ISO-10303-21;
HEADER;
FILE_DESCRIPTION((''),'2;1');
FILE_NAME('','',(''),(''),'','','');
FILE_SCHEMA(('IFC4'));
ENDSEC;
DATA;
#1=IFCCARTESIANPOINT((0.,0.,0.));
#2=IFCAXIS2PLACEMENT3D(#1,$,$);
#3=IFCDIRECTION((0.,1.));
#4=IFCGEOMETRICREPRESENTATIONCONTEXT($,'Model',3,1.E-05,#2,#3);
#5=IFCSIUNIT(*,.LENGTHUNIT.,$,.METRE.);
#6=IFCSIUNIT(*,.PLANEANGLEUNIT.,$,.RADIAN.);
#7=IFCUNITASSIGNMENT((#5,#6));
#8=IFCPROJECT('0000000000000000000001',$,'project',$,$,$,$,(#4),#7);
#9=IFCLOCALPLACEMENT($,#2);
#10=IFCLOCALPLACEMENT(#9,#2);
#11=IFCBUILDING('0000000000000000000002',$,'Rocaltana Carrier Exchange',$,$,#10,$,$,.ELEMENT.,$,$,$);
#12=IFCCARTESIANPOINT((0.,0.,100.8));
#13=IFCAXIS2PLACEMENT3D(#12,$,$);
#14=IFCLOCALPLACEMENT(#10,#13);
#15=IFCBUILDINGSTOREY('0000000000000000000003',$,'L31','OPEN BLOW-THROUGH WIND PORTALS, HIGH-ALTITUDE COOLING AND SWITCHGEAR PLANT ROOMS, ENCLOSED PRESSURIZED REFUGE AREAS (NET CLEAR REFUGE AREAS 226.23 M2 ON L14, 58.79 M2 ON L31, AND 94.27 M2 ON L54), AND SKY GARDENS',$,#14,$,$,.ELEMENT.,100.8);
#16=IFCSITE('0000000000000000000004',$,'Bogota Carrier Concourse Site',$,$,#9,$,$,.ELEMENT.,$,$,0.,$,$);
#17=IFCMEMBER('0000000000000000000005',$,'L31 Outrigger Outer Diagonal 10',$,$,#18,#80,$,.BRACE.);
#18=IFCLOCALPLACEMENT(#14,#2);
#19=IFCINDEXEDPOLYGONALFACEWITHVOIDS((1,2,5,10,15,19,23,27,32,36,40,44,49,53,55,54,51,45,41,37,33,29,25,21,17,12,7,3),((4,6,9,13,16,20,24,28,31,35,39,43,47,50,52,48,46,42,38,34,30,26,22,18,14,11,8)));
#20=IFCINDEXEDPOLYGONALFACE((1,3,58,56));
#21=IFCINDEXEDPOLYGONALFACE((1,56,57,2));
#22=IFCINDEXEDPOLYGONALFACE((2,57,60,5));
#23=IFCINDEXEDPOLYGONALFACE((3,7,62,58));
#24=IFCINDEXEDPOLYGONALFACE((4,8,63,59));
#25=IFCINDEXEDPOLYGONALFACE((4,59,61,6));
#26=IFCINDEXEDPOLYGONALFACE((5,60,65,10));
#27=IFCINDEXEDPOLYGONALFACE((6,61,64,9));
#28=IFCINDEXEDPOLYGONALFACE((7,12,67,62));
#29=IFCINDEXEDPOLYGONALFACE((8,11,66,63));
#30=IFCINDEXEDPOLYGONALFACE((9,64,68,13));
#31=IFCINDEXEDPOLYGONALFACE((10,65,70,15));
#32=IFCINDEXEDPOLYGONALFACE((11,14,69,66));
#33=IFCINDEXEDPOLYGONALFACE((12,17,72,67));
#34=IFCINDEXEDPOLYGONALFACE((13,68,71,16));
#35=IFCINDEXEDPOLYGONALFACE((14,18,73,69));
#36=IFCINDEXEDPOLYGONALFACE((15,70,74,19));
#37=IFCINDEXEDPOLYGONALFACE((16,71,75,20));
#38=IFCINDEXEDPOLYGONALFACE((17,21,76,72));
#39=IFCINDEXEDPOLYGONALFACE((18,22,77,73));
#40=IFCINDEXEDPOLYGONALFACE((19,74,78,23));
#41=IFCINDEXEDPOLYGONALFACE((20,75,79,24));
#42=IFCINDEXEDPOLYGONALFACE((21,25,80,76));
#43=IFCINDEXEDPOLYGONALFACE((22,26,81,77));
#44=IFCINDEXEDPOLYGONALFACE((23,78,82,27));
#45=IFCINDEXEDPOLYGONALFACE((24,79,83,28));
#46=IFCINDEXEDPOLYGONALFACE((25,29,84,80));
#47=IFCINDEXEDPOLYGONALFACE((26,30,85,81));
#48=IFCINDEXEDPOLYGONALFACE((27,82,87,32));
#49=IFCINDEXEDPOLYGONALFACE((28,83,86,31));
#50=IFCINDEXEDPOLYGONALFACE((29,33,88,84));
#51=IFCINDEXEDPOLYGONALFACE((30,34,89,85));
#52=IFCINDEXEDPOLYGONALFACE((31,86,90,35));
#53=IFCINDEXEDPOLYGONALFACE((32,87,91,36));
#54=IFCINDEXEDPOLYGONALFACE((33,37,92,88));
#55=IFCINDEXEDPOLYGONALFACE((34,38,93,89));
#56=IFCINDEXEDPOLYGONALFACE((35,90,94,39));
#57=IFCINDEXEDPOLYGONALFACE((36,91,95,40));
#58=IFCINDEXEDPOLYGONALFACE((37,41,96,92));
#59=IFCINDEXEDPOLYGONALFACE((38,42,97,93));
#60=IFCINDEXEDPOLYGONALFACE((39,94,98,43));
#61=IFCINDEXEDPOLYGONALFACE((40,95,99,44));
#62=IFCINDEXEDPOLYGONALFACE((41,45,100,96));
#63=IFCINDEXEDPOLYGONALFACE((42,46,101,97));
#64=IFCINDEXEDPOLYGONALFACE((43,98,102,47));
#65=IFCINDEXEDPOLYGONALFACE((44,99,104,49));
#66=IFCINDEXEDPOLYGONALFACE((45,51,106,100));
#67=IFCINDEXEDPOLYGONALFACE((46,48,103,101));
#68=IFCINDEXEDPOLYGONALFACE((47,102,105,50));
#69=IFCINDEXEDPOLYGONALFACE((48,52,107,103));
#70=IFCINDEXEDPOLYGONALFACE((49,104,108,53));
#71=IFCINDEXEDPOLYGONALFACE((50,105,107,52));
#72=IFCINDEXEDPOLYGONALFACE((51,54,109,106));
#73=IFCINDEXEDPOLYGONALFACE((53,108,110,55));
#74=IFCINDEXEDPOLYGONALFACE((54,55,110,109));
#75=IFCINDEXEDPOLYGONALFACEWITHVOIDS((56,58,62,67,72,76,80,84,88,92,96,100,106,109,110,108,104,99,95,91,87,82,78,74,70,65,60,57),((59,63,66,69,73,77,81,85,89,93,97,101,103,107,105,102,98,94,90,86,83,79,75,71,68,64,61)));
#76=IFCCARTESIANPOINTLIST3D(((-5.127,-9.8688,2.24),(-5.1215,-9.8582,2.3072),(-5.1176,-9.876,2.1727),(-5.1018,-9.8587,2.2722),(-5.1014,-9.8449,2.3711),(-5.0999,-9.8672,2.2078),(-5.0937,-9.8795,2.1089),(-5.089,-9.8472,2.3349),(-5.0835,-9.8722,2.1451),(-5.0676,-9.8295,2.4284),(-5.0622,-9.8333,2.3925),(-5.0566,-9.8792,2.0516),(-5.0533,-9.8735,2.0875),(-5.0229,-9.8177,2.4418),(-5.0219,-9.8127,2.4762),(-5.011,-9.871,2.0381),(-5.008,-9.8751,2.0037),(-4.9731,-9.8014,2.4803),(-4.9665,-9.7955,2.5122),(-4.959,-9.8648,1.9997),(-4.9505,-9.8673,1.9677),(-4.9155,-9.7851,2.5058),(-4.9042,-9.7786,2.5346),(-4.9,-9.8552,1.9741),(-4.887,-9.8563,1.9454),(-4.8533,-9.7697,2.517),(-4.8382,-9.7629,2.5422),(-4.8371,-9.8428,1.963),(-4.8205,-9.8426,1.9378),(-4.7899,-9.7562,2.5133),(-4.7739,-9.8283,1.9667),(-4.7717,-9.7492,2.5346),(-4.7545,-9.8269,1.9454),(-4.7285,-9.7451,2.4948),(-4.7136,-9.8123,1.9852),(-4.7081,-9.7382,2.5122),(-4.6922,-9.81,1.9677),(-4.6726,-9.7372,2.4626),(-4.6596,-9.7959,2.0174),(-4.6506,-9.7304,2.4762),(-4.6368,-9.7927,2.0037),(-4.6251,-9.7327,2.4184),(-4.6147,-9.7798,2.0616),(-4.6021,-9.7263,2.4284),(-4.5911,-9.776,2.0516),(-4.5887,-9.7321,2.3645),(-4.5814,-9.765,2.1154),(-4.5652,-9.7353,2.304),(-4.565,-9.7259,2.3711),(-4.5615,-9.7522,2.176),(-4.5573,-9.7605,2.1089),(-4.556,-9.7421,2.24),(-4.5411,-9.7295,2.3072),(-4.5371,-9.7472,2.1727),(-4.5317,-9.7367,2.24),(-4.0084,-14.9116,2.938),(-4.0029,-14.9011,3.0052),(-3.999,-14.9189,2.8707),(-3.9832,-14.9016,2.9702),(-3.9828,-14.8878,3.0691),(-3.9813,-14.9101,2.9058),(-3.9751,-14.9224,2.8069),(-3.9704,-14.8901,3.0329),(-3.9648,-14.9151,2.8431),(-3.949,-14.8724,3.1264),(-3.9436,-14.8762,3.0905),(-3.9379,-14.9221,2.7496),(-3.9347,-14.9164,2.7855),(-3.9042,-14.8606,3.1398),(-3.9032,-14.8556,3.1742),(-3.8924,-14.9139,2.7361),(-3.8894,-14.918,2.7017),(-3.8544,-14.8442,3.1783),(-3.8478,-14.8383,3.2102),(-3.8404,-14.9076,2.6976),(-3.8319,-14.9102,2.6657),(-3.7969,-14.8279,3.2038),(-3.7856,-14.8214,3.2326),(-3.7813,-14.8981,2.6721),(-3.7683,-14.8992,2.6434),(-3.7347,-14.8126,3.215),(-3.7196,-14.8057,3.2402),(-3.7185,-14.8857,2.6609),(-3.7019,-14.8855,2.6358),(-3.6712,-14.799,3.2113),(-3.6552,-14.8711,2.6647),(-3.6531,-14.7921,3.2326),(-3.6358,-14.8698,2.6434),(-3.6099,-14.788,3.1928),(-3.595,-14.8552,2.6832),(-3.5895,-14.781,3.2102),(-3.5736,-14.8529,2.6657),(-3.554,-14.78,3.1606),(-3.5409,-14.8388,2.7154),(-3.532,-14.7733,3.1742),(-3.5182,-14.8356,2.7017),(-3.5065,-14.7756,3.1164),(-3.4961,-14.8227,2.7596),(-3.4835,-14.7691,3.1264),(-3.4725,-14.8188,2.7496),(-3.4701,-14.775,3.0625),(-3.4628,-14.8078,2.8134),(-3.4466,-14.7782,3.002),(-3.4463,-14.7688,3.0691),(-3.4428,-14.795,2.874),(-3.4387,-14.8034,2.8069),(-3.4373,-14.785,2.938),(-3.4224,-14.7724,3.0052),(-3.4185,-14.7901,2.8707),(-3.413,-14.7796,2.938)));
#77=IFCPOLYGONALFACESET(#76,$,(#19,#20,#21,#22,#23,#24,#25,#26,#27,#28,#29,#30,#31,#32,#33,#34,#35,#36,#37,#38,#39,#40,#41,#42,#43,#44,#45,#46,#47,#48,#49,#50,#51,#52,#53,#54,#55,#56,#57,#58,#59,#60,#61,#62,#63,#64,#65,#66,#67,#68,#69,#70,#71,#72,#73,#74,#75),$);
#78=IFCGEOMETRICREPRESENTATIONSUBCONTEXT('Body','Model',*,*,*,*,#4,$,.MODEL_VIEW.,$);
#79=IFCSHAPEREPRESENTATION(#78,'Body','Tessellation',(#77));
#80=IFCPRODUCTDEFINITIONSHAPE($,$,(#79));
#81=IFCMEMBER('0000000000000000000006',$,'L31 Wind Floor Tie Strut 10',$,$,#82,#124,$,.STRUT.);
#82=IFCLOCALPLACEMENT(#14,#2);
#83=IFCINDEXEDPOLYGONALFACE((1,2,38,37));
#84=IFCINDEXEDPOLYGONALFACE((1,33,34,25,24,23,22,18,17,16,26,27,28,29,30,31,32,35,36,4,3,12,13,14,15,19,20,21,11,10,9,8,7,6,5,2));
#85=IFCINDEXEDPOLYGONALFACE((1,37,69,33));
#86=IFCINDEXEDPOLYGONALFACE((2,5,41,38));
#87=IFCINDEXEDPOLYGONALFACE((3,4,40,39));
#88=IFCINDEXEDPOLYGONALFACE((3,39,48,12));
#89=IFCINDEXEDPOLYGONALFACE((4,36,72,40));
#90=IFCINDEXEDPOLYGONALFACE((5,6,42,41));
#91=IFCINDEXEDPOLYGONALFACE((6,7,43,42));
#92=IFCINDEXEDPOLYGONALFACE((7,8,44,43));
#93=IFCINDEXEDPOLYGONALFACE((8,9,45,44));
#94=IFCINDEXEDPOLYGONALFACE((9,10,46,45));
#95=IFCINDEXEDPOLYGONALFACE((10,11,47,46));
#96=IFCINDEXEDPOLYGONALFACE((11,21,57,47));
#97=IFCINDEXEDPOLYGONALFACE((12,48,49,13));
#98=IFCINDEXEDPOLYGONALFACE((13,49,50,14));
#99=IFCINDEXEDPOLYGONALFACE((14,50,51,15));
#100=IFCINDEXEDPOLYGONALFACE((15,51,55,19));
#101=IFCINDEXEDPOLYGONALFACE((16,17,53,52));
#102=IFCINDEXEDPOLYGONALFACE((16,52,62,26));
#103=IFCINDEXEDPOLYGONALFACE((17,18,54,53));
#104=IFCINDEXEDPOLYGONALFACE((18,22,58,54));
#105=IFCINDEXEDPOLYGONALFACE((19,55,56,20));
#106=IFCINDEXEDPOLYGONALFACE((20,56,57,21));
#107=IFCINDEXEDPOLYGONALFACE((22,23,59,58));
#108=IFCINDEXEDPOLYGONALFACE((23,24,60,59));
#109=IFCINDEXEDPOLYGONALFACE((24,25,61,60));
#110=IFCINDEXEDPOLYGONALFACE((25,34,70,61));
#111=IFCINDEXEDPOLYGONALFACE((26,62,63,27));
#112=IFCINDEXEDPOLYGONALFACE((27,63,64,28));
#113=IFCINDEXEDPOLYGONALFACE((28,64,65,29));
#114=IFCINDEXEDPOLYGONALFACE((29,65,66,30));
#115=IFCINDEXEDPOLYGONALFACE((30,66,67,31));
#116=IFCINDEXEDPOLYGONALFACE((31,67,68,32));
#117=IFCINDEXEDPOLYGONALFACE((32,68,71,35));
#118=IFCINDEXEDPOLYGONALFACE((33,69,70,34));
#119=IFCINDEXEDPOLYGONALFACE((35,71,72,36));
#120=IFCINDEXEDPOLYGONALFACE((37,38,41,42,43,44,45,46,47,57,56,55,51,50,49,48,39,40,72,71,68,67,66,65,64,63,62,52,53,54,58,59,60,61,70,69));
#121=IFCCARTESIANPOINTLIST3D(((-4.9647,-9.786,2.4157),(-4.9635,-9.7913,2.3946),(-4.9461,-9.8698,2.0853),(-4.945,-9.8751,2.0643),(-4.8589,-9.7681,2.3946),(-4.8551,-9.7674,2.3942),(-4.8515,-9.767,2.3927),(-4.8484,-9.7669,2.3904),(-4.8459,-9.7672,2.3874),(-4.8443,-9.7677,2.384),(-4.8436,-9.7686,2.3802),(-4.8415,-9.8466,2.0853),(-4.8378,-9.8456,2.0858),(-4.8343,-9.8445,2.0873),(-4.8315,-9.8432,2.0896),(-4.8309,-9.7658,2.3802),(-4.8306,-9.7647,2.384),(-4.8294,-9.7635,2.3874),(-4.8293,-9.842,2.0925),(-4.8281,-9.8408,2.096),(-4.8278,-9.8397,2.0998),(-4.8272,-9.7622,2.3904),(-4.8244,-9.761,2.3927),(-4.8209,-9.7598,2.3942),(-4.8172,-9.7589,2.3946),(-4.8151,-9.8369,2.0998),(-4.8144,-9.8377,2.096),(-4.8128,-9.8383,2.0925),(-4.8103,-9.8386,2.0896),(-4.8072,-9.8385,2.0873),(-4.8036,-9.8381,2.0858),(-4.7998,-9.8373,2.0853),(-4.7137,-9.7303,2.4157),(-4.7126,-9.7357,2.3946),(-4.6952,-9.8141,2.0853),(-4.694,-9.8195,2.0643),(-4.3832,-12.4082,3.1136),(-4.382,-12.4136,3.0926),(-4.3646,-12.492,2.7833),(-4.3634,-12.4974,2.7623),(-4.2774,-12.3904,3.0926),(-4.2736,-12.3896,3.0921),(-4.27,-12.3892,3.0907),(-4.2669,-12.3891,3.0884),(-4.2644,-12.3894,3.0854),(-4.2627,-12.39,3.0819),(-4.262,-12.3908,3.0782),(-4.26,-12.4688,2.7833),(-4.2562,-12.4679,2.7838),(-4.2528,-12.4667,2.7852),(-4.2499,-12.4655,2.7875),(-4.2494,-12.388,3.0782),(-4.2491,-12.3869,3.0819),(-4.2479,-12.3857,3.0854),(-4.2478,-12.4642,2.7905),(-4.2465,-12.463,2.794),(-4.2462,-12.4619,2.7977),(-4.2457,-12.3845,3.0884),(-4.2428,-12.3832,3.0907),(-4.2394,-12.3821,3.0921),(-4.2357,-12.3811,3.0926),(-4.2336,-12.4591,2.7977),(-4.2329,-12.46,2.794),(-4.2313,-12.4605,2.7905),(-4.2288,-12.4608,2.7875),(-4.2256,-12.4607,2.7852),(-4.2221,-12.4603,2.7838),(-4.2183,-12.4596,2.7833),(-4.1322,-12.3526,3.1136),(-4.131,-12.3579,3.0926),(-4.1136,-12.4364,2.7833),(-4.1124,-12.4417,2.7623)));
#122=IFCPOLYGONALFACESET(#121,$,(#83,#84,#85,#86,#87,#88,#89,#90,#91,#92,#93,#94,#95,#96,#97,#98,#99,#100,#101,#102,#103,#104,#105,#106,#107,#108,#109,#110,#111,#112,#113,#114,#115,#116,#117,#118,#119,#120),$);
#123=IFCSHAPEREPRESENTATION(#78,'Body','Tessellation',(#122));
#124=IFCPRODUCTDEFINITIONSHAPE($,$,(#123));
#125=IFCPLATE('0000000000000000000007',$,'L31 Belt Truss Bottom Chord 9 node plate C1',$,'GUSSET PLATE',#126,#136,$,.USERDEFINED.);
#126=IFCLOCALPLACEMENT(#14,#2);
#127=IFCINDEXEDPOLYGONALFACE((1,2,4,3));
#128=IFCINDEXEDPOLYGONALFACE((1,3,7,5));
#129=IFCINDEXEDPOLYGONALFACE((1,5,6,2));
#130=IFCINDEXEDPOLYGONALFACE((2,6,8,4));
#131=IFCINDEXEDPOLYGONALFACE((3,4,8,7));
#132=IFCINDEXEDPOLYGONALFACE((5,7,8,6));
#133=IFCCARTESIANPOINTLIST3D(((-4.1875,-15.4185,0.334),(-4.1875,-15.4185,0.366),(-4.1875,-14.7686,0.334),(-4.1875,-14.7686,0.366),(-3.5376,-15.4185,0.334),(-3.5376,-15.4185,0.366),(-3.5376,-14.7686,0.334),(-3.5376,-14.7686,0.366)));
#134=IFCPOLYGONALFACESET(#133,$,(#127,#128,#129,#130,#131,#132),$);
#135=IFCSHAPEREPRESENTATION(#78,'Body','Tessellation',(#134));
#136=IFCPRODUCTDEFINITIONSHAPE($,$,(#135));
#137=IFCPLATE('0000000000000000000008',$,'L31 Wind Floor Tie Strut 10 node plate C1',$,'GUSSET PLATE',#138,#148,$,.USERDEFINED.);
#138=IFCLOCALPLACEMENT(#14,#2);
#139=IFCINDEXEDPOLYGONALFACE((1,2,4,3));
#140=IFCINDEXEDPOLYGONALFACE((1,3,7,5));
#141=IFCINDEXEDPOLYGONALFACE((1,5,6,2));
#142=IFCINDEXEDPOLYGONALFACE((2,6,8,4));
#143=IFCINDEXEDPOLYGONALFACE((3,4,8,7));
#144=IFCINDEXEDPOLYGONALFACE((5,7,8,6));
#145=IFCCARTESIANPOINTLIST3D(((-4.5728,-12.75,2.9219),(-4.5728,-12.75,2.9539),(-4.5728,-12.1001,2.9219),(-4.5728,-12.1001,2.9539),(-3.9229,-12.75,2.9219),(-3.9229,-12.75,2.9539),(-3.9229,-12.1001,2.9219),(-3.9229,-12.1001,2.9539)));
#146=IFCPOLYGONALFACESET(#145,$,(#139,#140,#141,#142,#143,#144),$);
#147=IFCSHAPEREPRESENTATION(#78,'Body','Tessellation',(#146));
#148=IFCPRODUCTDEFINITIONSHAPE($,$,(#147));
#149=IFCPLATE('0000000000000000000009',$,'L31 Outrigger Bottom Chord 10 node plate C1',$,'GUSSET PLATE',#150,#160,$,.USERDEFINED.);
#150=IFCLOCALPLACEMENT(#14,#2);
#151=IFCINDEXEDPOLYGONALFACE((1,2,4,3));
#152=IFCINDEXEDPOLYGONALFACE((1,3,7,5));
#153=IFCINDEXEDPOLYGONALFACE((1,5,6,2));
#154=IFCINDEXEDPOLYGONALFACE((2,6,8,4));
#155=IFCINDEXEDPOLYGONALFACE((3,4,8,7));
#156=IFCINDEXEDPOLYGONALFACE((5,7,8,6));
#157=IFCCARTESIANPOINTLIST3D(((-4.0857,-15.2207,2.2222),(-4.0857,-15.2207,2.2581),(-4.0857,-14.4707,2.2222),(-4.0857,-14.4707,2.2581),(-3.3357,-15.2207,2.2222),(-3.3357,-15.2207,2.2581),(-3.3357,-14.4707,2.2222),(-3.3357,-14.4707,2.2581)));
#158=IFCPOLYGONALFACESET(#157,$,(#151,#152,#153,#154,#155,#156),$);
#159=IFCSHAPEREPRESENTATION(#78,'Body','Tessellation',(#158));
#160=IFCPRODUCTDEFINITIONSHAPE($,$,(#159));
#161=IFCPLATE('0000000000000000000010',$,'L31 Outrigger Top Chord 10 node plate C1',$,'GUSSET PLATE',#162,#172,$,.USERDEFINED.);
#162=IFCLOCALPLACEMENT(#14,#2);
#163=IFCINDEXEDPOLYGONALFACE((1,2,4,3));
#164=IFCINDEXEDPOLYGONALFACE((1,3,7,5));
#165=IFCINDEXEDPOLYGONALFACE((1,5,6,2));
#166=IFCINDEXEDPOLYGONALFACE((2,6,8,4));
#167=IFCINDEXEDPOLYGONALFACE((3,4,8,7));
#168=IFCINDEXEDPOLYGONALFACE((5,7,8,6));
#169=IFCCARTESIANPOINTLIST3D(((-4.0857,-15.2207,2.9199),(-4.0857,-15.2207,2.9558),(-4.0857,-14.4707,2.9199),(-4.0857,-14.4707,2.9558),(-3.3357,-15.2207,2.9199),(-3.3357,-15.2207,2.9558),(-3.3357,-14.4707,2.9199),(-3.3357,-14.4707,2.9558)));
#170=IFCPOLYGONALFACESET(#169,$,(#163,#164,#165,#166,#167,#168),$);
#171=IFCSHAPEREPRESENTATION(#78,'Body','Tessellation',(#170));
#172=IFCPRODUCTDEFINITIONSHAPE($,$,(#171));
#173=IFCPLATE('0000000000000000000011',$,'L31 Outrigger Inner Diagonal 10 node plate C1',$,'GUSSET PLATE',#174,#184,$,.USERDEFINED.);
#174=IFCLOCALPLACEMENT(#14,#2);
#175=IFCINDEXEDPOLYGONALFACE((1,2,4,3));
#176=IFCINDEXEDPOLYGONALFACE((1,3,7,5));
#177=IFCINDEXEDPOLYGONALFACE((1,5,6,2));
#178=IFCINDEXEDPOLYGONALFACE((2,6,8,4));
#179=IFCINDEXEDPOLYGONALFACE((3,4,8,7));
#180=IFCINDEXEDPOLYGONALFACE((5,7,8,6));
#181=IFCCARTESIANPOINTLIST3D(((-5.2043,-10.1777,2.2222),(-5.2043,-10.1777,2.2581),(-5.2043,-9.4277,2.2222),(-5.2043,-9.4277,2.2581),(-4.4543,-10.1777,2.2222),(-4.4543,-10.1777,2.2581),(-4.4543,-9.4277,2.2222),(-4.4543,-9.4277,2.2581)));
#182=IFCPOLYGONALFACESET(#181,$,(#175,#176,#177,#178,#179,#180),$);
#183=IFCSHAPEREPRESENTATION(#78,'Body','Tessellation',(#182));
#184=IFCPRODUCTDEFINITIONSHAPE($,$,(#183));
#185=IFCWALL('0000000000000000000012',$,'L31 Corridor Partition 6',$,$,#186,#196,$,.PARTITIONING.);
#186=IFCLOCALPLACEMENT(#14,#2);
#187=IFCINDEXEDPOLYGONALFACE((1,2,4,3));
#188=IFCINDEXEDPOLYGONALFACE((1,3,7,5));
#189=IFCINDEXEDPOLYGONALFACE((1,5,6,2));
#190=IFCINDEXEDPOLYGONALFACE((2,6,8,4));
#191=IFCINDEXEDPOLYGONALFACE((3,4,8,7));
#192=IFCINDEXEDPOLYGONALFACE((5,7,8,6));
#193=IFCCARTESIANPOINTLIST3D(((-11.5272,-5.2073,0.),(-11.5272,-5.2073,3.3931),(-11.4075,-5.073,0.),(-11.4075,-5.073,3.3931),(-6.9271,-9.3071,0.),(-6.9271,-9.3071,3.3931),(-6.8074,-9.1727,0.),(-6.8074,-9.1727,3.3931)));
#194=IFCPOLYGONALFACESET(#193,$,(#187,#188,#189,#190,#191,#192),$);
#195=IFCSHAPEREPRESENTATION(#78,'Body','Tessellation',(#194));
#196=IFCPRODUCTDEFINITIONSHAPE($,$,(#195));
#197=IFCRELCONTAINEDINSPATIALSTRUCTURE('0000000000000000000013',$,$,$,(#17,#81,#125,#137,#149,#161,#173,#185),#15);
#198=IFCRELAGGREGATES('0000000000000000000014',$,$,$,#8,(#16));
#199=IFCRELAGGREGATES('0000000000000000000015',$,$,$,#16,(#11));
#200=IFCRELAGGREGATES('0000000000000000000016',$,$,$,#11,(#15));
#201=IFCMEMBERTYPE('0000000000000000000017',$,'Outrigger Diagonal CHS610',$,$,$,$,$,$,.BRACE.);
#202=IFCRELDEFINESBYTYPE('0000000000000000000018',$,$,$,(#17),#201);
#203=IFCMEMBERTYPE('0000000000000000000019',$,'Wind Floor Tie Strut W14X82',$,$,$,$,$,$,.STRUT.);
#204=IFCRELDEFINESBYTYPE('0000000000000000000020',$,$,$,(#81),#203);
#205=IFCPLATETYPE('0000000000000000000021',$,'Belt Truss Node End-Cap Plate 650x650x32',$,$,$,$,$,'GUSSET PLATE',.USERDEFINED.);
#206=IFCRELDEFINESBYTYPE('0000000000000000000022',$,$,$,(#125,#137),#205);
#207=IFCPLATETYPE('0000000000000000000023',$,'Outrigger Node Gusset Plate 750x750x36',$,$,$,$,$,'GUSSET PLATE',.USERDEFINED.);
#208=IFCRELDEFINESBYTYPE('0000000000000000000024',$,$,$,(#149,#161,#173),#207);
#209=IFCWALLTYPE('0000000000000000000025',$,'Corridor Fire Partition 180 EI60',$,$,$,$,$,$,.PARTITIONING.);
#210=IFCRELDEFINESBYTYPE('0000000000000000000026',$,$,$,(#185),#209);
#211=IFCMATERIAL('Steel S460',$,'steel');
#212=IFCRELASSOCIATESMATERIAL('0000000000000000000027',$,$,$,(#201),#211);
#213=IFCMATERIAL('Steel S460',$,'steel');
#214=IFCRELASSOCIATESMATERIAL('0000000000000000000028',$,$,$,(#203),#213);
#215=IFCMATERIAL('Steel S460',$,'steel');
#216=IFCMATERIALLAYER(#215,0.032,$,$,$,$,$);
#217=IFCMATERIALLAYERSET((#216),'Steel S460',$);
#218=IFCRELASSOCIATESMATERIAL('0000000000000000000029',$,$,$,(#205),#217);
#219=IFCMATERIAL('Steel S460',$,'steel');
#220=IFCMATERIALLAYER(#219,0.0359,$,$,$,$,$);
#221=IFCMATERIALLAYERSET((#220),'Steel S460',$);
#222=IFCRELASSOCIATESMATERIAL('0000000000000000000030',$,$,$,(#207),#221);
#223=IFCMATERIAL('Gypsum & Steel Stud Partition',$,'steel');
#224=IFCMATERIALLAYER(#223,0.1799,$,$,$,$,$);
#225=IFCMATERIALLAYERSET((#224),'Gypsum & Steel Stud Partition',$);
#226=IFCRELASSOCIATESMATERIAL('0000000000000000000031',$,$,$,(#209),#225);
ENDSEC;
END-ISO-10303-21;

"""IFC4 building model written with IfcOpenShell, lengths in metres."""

from ifc_helpers import new_model, si_unit, direction, frame, frame_2d, origin, origin_2d, place, context, subcontext, project, spatial, rectangle, hollow_circle, i_section, extrude, material, layer, layer_set, material_profile, profile_set, type_object, element, save


model = new_model("IFC4")

# Units and contexts
model_context = context("Model", 3, precision=1e-05, world=origin(), true_north=direction((0.0, 1.0)))
body_context = subcontext(model_context, "Body", "Model", "MODEL_VIEW")
ifc_project = project(units=[si_unit("LENGTHUNIT", "METRE"), si_unit("PLANEANGLEUNIT", "RADIAN")], contexts=[model_context])

# Site, building, storey
site_placement = place(None, origin())
site = spatial("IfcSite", under=ifc_project, at=site_placement, Name="Bogota Carrier Concourse Site", CompositionType="ELEMENT", RefElevation=0.0)
building_placement = place(site_placement, origin())
building = spatial("IfcBuilding", under=site, at=building_placement, Name="Rocaltana Carrier Exchange", CompositionType="ELEMENT")
storey_placement = place(building_placement, frame((0.0, 0.0, 100.8)))
storey = spatial("IfcBuildingStorey", under=building, at=storey_placement, Name="L31", Description="OPEN BLOW-THROUGH WIND PORTALS, HIGH-ALTITUDE COOLING AND SWITCHGEAR PLANT ROOMS, ENCLOSED PRESSURIZED REFUGE AREAS (NET CLEAR REFUGE AREAS 226.23 M2 ON L14, 58.79 M2 ON L31, AND 94.27 M2 ON L54), AND SKY GARDENS", CompositionType="ELEMENT", Elevation=100.8)

# Members
ifc_material_1 = material(Name="Steel S460", Category="steel")
ifc_material_profile_1 = material_profile(ifc_material_1, hollow_circle(Radius=0.3049, WallThickness=0.0249, at=origin_2d()), Name="CHS610X25")
ifc_profile_set_1 = profile_set([ifc_material_profile_1], Name="Steel S460")
member_type_1 = type_object("IfcMemberType", Name="Outrigger Diagonal CHS610", PredefinedType="BRACE", material=ifc_profile_set_1)
member_1_placement = place(storey_placement, frame((-4.8293, -9.8027, 2.24), z_axis=(0.21461, -0.967477, 0.133909), x_axis=(0.976269, 0.21656, 0.0)))
element("IfcMember", 1, at=member_1_placement, inside=storey, type_object=member_type_1, Name="L31 Outrigger Outer Diagonal 10", PredefinedType="BRACE", context=body_context, shape_type="SweptSolid", body=[
    extrude(hollow_circle(Radius=0.3049, WallThickness=0.0249, at=origin_2d()), origin(), (0.0, 0.0, 1.0), 5.2124),
])
ifc_material_2 = material(Name="Steel S460", Category="steel")
ifc_material_profile_2 = material_profile(ifc_material_2, i_section(OverallWidth=0.2571, OverallDepth=0.363, WebThickness=0.0129, FlangeThickness=0.0217, FilletRadius=0.0149, at=origin_2d()), Name="W14X82")
ifc_profile_set_2 = profile_set([ifc_material_profile_2], Name="Steel S460")
member_type_2 = type_object("IfcMemberType", Name="Wind Floor Tie Strut W14X82", PredefinedType="STRUT", material=ifc_profile_set_2)
member_2_placement = place(storey_placement, frame((-4.8293, -9.8027, 2.24), z_axis=(0.209547, -0.944898, 0.25151), x_axis=(0.976281, 0.216507, 0.0)))
element("IfcMember", 2, at=member_2_placement, inside=storey, type_object=member_type_2, Name="L31 Wind Floor Tie Strut 10", PredefinedType="STRUT", context=body_context, shape_type="SweptSolid", body=[
    extrude(i_section(OverallWidth=0.2571, OverallDepth=0.363, WebThickness=0.0129, FlangeThickness=0.0217, FilletRadius=0.0149, at=origin_2d()), origin(), (0.0, 0.0, 1.0), 2.7751),
])

# Plates
ifc_material_3 = material(Name="Steel S460", Category="steel")
ifc_layer_1 = layer(ifc_material_3, 0.032)
ifc_layer_set_1 = layer_set([ifc_layer_1], Name="Steel S460")
plate_type_1 = type_object("IfcPlateType", Name="Belt Truss Node End-Cap Plate 650x650x32", ElementType="GUSSET PLATE", PredefinedType="USERDEFINED", material=ifc_layer_set_1)
for number, where, z_axis, x_axis, name in (
    (3, (-3.8625, -15.0935, 0.334), (0.0, 0.0, 1.0), (1.0, 0.0, 0.0), "L31 Belt Truss Bottom Chord 9 node plate C1"),
    (4, (-4.2478, -12.425, 2.9219), (0.0, 0.0, 1.0), (1.0, 0.0, 0.0), "L31 Wind Floor Tie Strut 10 node plate C1"),
):
    element("IfcPlate", number, at=place(storey_placement, frame(where, z_axis=z_axis, x_axis=x_axis)), inside=storey, type_object=plate_type_1, Name=name, ObjectType="GUSSET PLATE", PredefinedType="USERDEFINED", context=body_context, shape_type="SweptSolid", body=[
        extrude(rectangle(XDim=0.6499, YDim=0.6499, at=origin_2d()), origin(), (0.0, 0.0, 1.0), 0.032),
    ])
ifc_material_4 = material(Name="Steel S460", Category="steel")
ifc_layer_2 = layer(ifc_material_4, 0.0359)
ifc_layer_set_2 = layer_set([ifc_layer_2], Name="Steel S460")
plate_type_2 = type_object("IfcPlateType", Name="Outrigger Node Gusset Plate 750x750x36", ElementType="GUSSET PLATE", PredefinedType="USERDEFINED", material=ifc_layer_set_2)
for number, where, z_axis, x_axis, name in (
    (5, (-3.7107, -14.8457, 2.2222), (0.0, 0.0, 1.0), (1.0, 0.0, 0.0), "L31 Outrigger Bottom Chord 10 node plate C1"),
    (6, (-3.7107, -14.8457, 2.9199), (0.0, 0.0, 1.0), (1.0, 0.0, 0.0), "L31 Outrigger Top Chord 10 node plate C1"),
    (7, (-4.8293, -9.8027, 2.2222), (0.0, 0.0, 1.0), (1.0, 0.0, 0.0), "L31 Outrigger Inner Diagonal 10 node plate C1"),
):
    element("IfcPlate", number, at=place(storey_placement, frame(where, z_axis=z_axis, x_axis=x_axis)), inside=storey, type_object=plate_type_2, Name=name, ObjectType="GUSSET PLATE", PredefinedType="USERDEFINED", context=body_context, shape_type="SweptSolid", body=[
        extrude(rectangle(XDim=0.75, YDim=0.75, at=origin_2d()), origin(), (0.0, 0.0, 1.0), 0.0359),
    ])

# Wall
ifc_material_5 = material(Name="Gypsum & Steel Stud Partition", Category="steel")
ifc_layer_3 = layer(ifc_material_5, 0.1799)
ifc_layer_set_3 = layer_set([ifc_layer_3], Name="Gypsum & Steel Stud Partition")
wall_type_1 = type_object("IfcWallType", Name="Corridor Fire Partition 180 EI60", PredefinedType="PARTITIONING", material=ifc_layer_set_3)
wall_1_placement = place(storey_placement, frame((-6.8672, -9.24, 0.0), z_axis=(0.0, 0.0, 1.0), x_axis=(-0.746532, 0.665349, 0.0)))
element("IfcWall", 8, at=wall_1_placement, inside=storey, type_object=wall_type_1, Name="L31 Corridor Partition 6", PredefinedType="PARTITIONING", context=body_context, shape_type="SweptSolid", body=[
    extrude(rectangle(XDim=6.1619, YDim=0.1799, at=frame_2d((3.0811, 0.0))), origin(), (0.0, 0.0, 1.0), 3.3931),
])

save(model, "model.ifc")
